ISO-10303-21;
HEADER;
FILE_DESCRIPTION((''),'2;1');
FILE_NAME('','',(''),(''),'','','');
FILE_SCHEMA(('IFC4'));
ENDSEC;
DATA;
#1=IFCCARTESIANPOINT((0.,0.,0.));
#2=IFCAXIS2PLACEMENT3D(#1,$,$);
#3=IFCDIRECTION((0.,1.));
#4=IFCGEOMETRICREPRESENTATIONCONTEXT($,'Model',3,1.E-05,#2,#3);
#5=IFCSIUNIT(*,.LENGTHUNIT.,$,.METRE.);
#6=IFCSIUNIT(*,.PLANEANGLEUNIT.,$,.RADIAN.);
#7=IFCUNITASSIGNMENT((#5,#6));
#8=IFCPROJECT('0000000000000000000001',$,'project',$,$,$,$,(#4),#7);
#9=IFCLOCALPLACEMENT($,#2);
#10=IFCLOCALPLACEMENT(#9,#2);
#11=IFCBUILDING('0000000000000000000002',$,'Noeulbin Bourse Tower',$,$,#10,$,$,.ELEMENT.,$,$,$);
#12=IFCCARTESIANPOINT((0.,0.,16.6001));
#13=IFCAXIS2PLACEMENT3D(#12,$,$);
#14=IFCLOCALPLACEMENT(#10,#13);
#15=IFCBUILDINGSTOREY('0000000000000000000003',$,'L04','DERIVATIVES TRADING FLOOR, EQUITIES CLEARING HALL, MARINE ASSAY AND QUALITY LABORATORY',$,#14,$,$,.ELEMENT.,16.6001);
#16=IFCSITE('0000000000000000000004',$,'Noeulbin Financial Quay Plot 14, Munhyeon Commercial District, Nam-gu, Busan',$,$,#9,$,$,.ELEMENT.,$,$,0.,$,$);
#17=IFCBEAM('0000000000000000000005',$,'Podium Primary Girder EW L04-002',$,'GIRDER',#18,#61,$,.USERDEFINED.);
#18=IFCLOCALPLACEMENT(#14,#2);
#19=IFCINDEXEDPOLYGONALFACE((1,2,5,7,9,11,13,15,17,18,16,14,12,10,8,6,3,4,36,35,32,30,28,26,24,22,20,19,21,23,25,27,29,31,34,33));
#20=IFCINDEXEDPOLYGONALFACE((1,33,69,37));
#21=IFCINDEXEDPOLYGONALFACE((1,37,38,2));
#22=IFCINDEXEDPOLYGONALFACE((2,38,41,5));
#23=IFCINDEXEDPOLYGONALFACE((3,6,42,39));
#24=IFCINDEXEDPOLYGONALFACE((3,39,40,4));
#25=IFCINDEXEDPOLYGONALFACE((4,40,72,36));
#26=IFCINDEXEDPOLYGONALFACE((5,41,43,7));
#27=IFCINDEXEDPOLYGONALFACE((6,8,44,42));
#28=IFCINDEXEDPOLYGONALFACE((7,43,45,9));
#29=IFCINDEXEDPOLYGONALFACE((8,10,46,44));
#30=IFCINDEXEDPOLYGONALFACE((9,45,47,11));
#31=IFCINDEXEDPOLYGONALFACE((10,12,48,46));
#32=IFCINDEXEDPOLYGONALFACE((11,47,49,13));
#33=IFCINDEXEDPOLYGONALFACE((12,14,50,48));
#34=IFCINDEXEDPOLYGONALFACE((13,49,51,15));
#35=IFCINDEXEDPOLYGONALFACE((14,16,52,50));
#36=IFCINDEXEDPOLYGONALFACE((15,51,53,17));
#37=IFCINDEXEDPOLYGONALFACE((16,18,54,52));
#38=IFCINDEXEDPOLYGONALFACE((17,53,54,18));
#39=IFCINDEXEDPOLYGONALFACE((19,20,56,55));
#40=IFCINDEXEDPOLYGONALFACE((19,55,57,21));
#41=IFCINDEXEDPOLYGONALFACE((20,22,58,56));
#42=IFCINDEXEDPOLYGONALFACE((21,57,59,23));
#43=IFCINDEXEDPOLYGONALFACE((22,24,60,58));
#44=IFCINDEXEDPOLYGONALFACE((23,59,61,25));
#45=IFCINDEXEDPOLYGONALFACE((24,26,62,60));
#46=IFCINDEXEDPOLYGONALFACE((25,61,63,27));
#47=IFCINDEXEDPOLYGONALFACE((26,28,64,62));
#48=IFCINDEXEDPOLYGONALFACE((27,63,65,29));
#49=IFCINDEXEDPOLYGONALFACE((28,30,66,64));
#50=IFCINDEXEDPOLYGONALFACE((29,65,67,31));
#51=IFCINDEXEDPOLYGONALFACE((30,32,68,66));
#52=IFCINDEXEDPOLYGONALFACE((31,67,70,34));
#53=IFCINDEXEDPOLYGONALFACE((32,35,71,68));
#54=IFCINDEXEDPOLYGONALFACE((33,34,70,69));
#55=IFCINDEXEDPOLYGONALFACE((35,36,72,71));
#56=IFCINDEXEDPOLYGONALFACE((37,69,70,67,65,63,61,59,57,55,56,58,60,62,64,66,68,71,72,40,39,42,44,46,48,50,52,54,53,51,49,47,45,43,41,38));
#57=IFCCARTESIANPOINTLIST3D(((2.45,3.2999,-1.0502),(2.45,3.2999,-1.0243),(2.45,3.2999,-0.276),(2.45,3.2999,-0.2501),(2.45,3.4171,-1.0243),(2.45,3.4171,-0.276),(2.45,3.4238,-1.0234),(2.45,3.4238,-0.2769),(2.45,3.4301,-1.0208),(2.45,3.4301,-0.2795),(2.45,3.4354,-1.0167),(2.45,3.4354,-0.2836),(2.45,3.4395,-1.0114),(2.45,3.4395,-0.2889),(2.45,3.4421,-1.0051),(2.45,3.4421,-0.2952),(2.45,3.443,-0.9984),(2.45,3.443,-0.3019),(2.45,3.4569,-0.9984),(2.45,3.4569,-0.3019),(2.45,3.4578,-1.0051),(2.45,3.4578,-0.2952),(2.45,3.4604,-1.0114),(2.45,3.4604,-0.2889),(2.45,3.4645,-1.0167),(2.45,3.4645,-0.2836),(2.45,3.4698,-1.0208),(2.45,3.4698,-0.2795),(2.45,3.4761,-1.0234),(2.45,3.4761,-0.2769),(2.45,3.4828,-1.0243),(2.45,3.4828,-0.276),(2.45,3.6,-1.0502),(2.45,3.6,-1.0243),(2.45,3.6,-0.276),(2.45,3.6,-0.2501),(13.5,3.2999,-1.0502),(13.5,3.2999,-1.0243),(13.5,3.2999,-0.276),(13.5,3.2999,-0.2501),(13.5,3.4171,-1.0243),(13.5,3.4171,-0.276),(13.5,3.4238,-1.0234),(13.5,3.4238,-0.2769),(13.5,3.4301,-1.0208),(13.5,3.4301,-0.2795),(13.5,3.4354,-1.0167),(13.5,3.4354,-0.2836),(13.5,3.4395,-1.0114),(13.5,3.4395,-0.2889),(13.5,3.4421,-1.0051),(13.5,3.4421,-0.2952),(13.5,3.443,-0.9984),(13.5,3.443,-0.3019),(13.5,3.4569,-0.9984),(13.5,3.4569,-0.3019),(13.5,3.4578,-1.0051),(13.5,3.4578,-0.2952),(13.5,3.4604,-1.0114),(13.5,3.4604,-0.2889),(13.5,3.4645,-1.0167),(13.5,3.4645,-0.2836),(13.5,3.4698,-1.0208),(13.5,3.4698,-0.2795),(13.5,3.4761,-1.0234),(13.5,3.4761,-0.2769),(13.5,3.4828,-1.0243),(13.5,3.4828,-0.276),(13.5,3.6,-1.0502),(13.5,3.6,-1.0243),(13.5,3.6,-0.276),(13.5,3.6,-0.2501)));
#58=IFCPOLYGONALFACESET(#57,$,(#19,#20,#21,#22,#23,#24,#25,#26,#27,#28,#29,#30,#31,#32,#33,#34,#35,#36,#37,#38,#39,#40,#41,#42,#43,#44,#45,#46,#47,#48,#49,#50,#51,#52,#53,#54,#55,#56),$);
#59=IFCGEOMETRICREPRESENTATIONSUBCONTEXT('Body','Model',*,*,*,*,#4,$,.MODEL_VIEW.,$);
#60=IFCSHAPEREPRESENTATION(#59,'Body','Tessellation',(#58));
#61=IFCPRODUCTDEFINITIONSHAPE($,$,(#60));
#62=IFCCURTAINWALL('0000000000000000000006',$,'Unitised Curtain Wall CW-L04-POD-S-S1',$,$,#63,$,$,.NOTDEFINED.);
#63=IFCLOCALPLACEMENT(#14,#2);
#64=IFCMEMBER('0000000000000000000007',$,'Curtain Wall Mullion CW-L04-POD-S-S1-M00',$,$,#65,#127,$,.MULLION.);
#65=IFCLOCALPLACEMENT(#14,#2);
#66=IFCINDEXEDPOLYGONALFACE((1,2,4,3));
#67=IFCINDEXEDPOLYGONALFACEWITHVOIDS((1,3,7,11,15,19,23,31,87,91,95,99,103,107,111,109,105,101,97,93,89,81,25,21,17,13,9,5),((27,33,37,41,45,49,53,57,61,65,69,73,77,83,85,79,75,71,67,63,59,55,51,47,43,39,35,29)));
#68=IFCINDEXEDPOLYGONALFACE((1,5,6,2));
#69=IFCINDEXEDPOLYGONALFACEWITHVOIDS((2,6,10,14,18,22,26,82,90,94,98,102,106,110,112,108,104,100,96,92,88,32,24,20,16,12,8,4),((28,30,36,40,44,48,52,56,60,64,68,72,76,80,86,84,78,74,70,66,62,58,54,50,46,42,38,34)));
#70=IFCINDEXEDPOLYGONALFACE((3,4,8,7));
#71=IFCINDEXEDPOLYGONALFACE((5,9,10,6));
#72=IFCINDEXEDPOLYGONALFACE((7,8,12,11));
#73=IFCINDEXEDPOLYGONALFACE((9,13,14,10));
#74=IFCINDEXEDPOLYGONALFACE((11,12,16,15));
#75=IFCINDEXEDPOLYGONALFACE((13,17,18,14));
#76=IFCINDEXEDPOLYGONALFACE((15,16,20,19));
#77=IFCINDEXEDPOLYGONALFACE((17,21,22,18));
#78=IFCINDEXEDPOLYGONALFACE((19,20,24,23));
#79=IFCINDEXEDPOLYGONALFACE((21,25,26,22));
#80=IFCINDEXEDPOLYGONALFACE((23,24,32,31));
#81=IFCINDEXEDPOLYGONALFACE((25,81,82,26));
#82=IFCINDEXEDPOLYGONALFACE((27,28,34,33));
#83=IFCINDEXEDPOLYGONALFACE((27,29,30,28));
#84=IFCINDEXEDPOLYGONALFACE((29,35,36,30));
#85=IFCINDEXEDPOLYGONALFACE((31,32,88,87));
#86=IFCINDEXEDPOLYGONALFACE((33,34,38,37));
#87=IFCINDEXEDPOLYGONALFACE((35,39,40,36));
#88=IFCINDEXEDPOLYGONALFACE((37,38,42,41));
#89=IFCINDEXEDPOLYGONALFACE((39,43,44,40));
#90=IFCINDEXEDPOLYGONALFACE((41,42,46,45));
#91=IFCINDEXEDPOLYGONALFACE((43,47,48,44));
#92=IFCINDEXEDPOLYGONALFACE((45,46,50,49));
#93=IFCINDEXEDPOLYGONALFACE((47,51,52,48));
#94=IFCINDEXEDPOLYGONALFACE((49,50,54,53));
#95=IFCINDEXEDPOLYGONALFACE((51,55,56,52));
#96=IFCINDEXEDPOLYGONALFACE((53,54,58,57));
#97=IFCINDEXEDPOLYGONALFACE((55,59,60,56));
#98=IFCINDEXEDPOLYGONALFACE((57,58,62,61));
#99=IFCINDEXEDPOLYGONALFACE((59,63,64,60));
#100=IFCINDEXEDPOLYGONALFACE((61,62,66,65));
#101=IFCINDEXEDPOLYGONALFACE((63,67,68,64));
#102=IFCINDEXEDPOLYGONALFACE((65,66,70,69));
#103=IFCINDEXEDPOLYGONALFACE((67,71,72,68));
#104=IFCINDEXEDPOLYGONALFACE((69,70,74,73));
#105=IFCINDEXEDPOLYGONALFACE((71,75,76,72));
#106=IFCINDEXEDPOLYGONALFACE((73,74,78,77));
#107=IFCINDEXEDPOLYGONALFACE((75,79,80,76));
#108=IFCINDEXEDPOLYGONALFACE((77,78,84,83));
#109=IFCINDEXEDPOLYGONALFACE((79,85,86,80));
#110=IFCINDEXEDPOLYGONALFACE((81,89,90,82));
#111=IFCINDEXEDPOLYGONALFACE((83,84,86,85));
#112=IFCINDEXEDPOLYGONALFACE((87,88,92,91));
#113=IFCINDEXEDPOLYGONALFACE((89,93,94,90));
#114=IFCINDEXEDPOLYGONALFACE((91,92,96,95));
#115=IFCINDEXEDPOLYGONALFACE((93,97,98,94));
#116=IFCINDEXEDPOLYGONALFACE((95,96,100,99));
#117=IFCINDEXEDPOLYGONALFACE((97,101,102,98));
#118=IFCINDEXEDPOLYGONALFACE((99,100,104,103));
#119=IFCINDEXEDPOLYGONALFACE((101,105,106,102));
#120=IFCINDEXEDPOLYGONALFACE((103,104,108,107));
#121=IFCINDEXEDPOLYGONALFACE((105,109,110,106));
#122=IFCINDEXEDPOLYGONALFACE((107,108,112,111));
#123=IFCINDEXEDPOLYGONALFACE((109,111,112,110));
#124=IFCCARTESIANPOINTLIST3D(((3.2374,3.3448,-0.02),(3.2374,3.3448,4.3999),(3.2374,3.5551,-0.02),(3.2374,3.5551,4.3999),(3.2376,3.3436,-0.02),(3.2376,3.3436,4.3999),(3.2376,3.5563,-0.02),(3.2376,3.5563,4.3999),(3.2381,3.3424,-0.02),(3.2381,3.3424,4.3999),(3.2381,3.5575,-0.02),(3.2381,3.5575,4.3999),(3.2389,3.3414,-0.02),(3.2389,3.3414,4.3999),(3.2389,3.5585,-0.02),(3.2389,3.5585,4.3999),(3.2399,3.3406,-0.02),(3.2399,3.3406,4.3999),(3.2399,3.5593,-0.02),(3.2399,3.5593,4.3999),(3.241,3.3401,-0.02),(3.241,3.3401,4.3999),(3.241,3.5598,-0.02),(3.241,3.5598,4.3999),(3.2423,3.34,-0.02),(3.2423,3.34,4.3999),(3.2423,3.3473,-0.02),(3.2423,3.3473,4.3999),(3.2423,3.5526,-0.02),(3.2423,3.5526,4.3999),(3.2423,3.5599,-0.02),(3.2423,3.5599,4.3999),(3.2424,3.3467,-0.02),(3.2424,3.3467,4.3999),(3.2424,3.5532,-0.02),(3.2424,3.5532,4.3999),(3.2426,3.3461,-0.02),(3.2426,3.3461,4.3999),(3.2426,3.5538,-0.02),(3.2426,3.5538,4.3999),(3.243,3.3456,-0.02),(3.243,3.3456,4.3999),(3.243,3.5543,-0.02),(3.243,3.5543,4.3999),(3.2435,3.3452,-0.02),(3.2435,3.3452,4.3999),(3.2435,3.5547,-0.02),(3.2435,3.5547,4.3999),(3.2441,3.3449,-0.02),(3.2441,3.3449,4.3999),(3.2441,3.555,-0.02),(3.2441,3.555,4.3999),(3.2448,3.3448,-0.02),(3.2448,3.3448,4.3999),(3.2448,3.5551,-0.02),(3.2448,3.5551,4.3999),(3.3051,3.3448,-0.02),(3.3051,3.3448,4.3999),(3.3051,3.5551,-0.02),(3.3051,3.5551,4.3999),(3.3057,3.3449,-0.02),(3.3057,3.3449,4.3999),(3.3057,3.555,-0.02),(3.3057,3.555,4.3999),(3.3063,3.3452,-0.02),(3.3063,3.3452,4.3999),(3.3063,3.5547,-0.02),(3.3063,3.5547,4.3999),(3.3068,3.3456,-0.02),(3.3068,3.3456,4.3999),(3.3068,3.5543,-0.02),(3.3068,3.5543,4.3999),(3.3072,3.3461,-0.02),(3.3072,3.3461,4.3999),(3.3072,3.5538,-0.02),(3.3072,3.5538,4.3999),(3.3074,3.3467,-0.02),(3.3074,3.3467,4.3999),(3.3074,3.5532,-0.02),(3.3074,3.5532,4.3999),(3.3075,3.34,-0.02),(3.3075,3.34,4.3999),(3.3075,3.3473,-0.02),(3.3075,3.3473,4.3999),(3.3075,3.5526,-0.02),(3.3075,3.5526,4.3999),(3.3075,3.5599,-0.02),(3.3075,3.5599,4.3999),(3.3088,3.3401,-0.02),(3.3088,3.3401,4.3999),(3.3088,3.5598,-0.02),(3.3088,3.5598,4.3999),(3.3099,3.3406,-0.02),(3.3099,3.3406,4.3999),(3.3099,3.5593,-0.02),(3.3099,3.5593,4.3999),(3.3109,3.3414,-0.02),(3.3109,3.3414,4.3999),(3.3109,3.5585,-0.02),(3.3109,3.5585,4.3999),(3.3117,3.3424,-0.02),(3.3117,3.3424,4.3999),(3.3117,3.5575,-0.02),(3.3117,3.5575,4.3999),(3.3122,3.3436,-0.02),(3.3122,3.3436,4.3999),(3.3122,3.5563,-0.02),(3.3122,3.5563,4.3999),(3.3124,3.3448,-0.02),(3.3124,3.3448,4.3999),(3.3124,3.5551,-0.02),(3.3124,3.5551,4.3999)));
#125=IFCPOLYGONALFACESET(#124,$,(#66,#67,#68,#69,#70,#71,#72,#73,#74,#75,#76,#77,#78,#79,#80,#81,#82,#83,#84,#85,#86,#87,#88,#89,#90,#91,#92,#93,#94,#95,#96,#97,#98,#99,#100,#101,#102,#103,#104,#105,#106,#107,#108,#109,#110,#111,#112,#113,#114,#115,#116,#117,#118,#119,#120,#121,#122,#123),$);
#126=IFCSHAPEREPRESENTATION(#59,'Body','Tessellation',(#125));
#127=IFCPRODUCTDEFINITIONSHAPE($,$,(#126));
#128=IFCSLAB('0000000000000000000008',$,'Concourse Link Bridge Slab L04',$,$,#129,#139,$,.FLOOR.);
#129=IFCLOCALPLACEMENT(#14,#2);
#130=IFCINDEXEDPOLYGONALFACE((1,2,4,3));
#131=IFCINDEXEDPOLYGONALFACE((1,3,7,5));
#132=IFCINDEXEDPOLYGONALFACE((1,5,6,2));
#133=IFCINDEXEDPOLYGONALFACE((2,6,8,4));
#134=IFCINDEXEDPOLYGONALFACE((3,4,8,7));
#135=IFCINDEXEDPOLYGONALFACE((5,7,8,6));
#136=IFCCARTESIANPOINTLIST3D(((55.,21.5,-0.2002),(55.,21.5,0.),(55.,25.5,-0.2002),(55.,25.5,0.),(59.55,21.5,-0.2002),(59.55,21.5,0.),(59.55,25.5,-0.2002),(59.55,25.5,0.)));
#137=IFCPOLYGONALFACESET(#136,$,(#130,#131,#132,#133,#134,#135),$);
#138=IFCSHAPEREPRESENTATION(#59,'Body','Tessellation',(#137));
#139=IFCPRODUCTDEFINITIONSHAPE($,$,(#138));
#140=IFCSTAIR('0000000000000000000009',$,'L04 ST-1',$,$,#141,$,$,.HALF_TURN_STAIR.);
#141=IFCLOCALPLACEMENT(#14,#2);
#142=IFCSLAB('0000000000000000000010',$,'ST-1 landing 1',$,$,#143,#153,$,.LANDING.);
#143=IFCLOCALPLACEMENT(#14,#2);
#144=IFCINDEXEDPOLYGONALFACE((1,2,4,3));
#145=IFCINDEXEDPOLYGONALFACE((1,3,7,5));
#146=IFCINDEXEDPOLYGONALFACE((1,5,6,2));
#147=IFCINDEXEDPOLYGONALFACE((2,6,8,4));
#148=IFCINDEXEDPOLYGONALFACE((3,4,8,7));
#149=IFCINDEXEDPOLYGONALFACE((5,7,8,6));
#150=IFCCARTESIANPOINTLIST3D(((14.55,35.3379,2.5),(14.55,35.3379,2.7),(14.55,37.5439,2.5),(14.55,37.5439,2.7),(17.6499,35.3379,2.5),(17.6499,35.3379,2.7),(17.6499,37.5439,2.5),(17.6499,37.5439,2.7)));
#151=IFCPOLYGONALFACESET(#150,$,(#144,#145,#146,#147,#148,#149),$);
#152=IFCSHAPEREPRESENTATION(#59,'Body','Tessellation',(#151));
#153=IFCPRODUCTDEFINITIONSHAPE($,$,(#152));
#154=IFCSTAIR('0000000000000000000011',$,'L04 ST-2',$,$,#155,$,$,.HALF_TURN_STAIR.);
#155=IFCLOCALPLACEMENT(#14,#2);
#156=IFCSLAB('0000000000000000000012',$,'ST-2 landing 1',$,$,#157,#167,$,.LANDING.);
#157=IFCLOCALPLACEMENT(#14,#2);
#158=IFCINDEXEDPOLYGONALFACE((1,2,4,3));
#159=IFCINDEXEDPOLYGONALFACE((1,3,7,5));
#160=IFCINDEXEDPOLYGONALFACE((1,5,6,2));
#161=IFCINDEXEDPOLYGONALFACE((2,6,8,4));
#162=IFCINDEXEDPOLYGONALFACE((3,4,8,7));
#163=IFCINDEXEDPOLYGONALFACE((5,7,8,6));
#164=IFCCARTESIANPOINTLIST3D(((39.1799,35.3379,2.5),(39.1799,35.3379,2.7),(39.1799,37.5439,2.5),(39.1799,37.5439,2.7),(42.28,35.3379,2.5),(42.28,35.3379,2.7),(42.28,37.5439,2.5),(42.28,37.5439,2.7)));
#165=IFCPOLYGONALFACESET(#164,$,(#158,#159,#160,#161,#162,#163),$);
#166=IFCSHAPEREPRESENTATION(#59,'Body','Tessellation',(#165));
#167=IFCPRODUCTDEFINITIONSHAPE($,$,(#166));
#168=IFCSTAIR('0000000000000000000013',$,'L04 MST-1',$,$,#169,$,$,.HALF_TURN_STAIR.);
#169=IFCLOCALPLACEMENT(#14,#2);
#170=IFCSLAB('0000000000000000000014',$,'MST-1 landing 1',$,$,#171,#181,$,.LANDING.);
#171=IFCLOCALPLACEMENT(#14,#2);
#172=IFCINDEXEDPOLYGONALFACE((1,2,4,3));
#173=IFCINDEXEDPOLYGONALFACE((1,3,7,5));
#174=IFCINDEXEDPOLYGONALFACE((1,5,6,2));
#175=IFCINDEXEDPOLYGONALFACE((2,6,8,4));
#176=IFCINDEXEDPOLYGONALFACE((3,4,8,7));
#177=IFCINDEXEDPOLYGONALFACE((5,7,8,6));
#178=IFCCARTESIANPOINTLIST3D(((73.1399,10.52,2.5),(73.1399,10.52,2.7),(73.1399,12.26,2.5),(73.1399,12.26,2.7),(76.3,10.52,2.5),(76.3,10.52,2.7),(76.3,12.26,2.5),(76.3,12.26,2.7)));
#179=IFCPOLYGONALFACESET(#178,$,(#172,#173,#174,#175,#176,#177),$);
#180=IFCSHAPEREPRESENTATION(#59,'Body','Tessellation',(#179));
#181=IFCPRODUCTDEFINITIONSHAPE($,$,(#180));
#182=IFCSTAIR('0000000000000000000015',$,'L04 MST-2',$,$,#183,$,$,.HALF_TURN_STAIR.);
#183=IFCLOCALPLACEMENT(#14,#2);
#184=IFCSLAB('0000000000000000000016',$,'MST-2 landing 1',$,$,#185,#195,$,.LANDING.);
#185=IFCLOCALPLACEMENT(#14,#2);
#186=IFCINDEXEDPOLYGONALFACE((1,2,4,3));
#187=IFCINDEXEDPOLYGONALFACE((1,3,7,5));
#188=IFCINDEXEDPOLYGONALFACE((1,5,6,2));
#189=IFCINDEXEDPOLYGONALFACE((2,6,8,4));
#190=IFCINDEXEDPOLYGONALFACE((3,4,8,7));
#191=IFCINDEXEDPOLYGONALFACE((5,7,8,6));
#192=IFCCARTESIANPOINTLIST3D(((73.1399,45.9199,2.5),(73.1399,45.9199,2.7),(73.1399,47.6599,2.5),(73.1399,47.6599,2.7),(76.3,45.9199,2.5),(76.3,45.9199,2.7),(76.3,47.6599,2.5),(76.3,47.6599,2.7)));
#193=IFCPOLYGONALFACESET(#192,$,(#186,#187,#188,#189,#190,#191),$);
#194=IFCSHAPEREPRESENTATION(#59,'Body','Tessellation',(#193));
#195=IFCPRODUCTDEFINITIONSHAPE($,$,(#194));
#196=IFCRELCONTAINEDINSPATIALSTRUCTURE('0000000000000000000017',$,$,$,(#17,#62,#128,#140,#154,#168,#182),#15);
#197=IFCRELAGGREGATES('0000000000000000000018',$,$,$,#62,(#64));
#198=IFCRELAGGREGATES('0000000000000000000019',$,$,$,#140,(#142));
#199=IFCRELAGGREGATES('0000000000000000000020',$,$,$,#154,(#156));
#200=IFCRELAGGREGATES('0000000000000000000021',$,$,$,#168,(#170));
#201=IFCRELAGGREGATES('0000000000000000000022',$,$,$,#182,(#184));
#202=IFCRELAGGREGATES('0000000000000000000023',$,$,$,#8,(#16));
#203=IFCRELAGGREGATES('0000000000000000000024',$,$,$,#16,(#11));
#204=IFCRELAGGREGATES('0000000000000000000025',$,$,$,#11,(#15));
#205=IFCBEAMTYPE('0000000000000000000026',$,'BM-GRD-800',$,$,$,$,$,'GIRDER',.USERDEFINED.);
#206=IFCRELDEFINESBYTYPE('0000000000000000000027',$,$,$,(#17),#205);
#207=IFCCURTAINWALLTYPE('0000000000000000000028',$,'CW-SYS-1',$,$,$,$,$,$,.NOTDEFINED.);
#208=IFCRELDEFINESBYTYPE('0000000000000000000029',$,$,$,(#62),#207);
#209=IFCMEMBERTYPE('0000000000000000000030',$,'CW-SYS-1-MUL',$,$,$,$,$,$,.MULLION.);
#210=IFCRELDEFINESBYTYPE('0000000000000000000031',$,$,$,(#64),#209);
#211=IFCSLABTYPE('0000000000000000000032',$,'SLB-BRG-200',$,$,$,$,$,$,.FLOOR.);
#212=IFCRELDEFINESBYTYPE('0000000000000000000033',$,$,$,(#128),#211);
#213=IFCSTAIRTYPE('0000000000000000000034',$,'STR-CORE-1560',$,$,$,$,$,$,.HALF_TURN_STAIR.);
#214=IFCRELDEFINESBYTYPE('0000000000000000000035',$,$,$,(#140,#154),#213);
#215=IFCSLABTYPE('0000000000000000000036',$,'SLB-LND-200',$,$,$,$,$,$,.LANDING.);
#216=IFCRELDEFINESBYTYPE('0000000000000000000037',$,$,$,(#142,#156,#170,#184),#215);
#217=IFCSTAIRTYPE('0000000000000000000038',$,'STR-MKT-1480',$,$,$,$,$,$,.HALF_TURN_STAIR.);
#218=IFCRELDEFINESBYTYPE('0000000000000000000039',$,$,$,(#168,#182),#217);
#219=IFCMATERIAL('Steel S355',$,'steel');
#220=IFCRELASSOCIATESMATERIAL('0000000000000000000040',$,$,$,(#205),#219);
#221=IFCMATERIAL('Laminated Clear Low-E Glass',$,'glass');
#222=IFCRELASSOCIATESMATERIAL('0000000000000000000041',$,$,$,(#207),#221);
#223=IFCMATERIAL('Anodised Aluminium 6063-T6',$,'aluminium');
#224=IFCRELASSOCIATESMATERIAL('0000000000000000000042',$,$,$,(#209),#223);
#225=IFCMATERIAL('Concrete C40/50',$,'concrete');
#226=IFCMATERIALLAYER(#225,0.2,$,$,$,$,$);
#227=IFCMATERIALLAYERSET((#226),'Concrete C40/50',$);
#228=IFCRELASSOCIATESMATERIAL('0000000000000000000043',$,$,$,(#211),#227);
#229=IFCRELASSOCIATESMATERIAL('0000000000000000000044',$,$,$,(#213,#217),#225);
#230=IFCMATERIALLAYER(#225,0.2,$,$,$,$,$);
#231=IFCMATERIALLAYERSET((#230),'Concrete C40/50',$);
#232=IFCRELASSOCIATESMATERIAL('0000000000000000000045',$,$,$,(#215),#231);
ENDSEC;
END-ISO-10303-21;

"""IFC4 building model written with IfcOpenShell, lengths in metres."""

from ifc_helpers import new_model, si_unit, direction, frame, origin, origin_2d, place, context, subcontext, project, spatial, polyline, hollow_rectangle, i_section, outline, extrude, material, layer, layer_set, material_profile, profile_set, type_object, element, aggregate, save


model = new_model("IFC4")

# Units and contexts
model_context = context("Model", 3, precision=1e-05, world=origin(), true_north=direction((0.0, 1.0)))
body_context = subcontext(model_context, "Body", "Model", "MODEL_VIEW")
ifc_project = project(units=[si_unit("LENGTHUNIT", "METRE"), si_unit("PLANEANGLEUNIT", "RADIAN")], contexts=[model_context])

# Site, building, storey
site_placement = place(None, origin())
site = spatial("IfcSite", under=ifc_project, at=site_placement, Name="Noeulbin Financial Quay Plot 14, Munhyeon Commercial District, Nam-gu, Busan", CompositionType="ELEMENT", RefElevation=0.0)
building_placement = place(site_placement, origin())
building = spatial("IfcBuilding", under=site, at=building_placement, Name="Noeulbin Bourse Tower", CompositionType="ELEMENT")
storey_placement = place(building_placement, frame((0.0, 0.0, 16.6001)))
storey = spatial("IfcBuildingStorey", under=building, at=storey_placement, Name="L04", Description="DERIVATIVES TRADING FLOOR, EQUITIES CLEARING HALL, MARINE ASSAY AND QUALITY LABORATORY", CompositionType="ELEMENT", Elevation=16.6001)

# Beam
ifc_material_1 = material(Name="Steel S355", Category="steel")
ifc_material_profile_1 = material_profile(ifc_material_1, i_section(OverallWidth=0.3, OverallDepth=0.8, WebThickness=0.0139, FlangeThickness=0.0259, FilletRadius=0.0259, at=origin_2d()), Name="H-800x300x14x26", Category="LoadBearing")
ifc_profile_set_1 = profile_set([ifc_material_profile_1], Name="Steel S355")
beam_type_1 = type_object("IfcBeamType", Name="BM-GRD-800", ElementType="GIRDER", PredefinedType="USERDEFINED", material=ifc_profile_set_1)
beam_1_placement = place(storey_placement, frame((2.45, 3.45, -0.6501), z_axis=(1.0, 0.0, 0.0), x_axis=(0.0, 1.0, 0.0)))
element("IfcBeam", 1, at=beam_1_placement, inside=storey, type_object=beam_type_1, Name="Podium Primary Girder EW L04-002", ObjectType="GIRDER", PredefinedType="USERDEFINED", context=body_context, shape_type="SweptSolid", body=[
    extrude(i_section(OverallWidth=0.3, OverallDepth=0.8, WebThickness=0.0139, FlangeThickness=0.0259, FilletRadius=0.0259, at=origin_2d()), origin(), (0.0, 0.0, 1.0), 11.05),
])

# Curtain wall, member
ifc_material_2 = material(Name="Laminated Clear Low-E Glass", Category="glass")
curtain_wall_type = type_object("IfcCurtainWallType", Name="CW-SYS-1", PredefinedType="NOTDEFINED", material=ifc_material_2)
curtain_wall_placement = place(storey_placement, origin())
curtain_wall = element("IfcCurtainWall", 2, at=curtain_wall_placement, inside=storey, type_object=curtain_wall_type, Name="Unitised Curtain Wall CW-L04-POD-S-S1", PredefinedType="NOTDEFINED")
ifc_material_3 = material(Name="Anodised Aluminium 6063-T6", Category="aluminium")
ifc_material_profile_2 = material_profile(ifc_material_3, hollow_rectangle(XDim=0.075, YDim=0.22, WallThickness=0.0049, InnerFilletRadius=0.0024, OuterFilletRadius=0.0049, at=origin_2d()), Name="ALU-MULL-75x220x5", Category="LoadBearing")
ifc_profile_set_2 = profile_set([ifc_material_profile_2], Name="Anodised Aluminium 6063-T6")
member_type = type_object("IfcMemberType", Name="CW-SYS-1-MUL", PredefinedType="MULLION", material=ifc_profile_set_2)
member_placement = place(storey_placement, frame((3.2749, 3.45, -0.02), z_axis=(0.0, 0.0, 1.0), x_axis=(1.0, 0.0, 0.0)))
member = element("IfcMember", 3, at=member_placement, type_object=member_type, Name="Curtain Wall Mullion CW-L04-POD-S-S1-M00", PredefinedType="MULLION", context=body_context, shape_type="SweptSolid", body=[
    extrude(hollow_rectangle(XDim=0.075, YDim=0.22, WallThickness=0.0049, InnerFilletRadius=0.0024, OuterFilletRadius=0.0049, at=origin_2d()), origin(), (0.0, 0.0, 1.0), 4.4199),
])
aggregate(curtain_wall, [member])

# Slab
ifc_material_4 = material(Name="Concrete C40/50", Category="concrete")
ifc_layer_1 = layer(ifc_material_4, 0.2)
ifc_layer_set_1 = layer_set([ifc_layer_1], Name="Concrete C40/50")
slab_type_1 = type_object("IfcSlabType", Name="SLB-BRG-200", PredefinedType="FLOOR", material=ifc_layer_set_1)
slab_1_placement = place(storey_placement, frame((0.0, 0.0, -0.2002)))
element("IfcSlab", 4, at=slab_1_placement, inside=storey, type_object=slab_type_1, Name="Concourse Link Bridge Slab L04", PredefinedType="FLOOR", context=body_context, shape_type="SweptSolid", body=[
    extrude(outline(polyline([(55.0, 21.5), (59.55, 21.5), (59.55, 25.5), (55.0, 25.5), (55.0, 21.5)])), origin(), (0.0, 0.0, 1.0), 0.2002),
])

# Stairs, slabs
stair_type_1 = type_object("IfcStairType", Name="STR-CORE-1560", PredefinedType="HALF_TURN_STAIR", material=ifc_material_4)
stair_1_placement = place(storey_placement, origin())
stair_1 = element("IfcStair", 5, at=stair_1_placement, inside=storey, type_object=stair_type_1, Name="L04 ST-1", PredefinedType="HALF_TURN_STAIR")
ifc_layer_2 = layer(ifc_material_4, 0.2)
ifc_layer_set_2 = layer_set([ifc_layer_2], Name="Concrete C40/50")
slab_type_2 = type_object("IfcSlabType", Name="SLB-LND-200", PredefinedType="LANDING", material=ifc_layer_set_2)
slab_2_placement = place(storey_placement, frame((0.0, 0.0, 2.5)))
slab_2 = element("IfcSlab", 6, at=slab_2_placement, type_object=slab_type_2, Name="ST-1 landing 1", PredefinedType="LANDING", context=body_context, shape_type="SweptSolid", body=[
    extrude(outline(polyline([(17.6499, 35.3379), (17.6499, 37.5439), (14.55, 37.5439), (14.55, 35.3379), (17.6499, 35.3379)])), origin(), (0.0, 0.0, 1.0), 0.2),
])
aggregate(stair_1, [slab_2])
stair_2_placement = place(storey_placement, origin())
stair_2 = element("IfcStair", 7, at=stair_2_placement, inside=storey, type_object=stair_type_1, Name="L04 ST-2", PredefinedType="HALF_TURN_STAIR")
slab_3_placement = place(storey_placement, frame((0.0, 0.0, 2.5)))
slab_3 = element("IfcSlab", 8, at=slab_3_placement, type_object=slab_type_2, Name="ST-2 landing 1", PredefinedType="LANDING", context=body_context, shape_type="SweptSolid", body=[
    extrude(outline(polyline([(42.28, 35.3379), (42.28, 37.5439), (39.1799, 37.5439), (39.1799, 35.3379), (42.28, 35.3379)])), origin(), (0.0, 0.0, 1.0), 0.2),
])
aggregate(stair_2, [slab_3])
stair_type_2 = type_object("IfcStairType", Name="STR-MKT-1480", PredefinedType="HALF_TURN_STAIR", material=ifc_material_4)
stair_3_placement = place(storey_placement, origin())
stair_3 = element("IfcStair", 9, at=stair_3_placement, inside=storey, type_object=stair_type_2, Name="L04 MST-1", PredefinedType="HALF_TURN_STAIR")
slab_4_placement = place(storey_placement, frame((0.0, 0.0, 2.5)))
slab_4 = element("IfcSlab", 10, at=slab_4_placement, type_object=slab_type_2, Name="MST-1 landing 1", PredefinedType="LANDING", context=body_context, shape_type="SweptSolid", body=[
    extrude(outline(polyline([(76.3, 10.52), (76.3, 12.26), (73.1399, 12.26), (73.1399, 10.52), (76.3, 10.52)])), origin(), (0.0, 0.0, 1.0), 0.2),
])
aggregate(stair_3, [slab_4])
stair_4_placement = place(storey_placement, origin())
stair_4 = element("IfcStair", 11, at=stair_4_placement, inside=storey, type_object=stair_type_2, Name="L04 MST-2", PredefinedType="HALF_TURN_STAIR")
slab_5_placement = place(storey_placement, frame((0.0, 0.0, 2.5)))
slab_5 = element("IfcSlab", 12, at=slab_5_placement, type_object=slab_type_2, Name="MST-2 landing 1", PredefinedType="LANDING", context=body_context, shape_type="SweptSolid", body=[
    extrude(outline(polyline([(76.3, 45.9199), (76.3, 47.6599), (73.1399, 47.6599), (73.1399, 45.9199), (76.3, 45.9199)])), origin(), (0.0, 0.0, 1.0), 0.2),
])
aggregate(stair_4, [slab_5])

save(model, "model.ifc")
